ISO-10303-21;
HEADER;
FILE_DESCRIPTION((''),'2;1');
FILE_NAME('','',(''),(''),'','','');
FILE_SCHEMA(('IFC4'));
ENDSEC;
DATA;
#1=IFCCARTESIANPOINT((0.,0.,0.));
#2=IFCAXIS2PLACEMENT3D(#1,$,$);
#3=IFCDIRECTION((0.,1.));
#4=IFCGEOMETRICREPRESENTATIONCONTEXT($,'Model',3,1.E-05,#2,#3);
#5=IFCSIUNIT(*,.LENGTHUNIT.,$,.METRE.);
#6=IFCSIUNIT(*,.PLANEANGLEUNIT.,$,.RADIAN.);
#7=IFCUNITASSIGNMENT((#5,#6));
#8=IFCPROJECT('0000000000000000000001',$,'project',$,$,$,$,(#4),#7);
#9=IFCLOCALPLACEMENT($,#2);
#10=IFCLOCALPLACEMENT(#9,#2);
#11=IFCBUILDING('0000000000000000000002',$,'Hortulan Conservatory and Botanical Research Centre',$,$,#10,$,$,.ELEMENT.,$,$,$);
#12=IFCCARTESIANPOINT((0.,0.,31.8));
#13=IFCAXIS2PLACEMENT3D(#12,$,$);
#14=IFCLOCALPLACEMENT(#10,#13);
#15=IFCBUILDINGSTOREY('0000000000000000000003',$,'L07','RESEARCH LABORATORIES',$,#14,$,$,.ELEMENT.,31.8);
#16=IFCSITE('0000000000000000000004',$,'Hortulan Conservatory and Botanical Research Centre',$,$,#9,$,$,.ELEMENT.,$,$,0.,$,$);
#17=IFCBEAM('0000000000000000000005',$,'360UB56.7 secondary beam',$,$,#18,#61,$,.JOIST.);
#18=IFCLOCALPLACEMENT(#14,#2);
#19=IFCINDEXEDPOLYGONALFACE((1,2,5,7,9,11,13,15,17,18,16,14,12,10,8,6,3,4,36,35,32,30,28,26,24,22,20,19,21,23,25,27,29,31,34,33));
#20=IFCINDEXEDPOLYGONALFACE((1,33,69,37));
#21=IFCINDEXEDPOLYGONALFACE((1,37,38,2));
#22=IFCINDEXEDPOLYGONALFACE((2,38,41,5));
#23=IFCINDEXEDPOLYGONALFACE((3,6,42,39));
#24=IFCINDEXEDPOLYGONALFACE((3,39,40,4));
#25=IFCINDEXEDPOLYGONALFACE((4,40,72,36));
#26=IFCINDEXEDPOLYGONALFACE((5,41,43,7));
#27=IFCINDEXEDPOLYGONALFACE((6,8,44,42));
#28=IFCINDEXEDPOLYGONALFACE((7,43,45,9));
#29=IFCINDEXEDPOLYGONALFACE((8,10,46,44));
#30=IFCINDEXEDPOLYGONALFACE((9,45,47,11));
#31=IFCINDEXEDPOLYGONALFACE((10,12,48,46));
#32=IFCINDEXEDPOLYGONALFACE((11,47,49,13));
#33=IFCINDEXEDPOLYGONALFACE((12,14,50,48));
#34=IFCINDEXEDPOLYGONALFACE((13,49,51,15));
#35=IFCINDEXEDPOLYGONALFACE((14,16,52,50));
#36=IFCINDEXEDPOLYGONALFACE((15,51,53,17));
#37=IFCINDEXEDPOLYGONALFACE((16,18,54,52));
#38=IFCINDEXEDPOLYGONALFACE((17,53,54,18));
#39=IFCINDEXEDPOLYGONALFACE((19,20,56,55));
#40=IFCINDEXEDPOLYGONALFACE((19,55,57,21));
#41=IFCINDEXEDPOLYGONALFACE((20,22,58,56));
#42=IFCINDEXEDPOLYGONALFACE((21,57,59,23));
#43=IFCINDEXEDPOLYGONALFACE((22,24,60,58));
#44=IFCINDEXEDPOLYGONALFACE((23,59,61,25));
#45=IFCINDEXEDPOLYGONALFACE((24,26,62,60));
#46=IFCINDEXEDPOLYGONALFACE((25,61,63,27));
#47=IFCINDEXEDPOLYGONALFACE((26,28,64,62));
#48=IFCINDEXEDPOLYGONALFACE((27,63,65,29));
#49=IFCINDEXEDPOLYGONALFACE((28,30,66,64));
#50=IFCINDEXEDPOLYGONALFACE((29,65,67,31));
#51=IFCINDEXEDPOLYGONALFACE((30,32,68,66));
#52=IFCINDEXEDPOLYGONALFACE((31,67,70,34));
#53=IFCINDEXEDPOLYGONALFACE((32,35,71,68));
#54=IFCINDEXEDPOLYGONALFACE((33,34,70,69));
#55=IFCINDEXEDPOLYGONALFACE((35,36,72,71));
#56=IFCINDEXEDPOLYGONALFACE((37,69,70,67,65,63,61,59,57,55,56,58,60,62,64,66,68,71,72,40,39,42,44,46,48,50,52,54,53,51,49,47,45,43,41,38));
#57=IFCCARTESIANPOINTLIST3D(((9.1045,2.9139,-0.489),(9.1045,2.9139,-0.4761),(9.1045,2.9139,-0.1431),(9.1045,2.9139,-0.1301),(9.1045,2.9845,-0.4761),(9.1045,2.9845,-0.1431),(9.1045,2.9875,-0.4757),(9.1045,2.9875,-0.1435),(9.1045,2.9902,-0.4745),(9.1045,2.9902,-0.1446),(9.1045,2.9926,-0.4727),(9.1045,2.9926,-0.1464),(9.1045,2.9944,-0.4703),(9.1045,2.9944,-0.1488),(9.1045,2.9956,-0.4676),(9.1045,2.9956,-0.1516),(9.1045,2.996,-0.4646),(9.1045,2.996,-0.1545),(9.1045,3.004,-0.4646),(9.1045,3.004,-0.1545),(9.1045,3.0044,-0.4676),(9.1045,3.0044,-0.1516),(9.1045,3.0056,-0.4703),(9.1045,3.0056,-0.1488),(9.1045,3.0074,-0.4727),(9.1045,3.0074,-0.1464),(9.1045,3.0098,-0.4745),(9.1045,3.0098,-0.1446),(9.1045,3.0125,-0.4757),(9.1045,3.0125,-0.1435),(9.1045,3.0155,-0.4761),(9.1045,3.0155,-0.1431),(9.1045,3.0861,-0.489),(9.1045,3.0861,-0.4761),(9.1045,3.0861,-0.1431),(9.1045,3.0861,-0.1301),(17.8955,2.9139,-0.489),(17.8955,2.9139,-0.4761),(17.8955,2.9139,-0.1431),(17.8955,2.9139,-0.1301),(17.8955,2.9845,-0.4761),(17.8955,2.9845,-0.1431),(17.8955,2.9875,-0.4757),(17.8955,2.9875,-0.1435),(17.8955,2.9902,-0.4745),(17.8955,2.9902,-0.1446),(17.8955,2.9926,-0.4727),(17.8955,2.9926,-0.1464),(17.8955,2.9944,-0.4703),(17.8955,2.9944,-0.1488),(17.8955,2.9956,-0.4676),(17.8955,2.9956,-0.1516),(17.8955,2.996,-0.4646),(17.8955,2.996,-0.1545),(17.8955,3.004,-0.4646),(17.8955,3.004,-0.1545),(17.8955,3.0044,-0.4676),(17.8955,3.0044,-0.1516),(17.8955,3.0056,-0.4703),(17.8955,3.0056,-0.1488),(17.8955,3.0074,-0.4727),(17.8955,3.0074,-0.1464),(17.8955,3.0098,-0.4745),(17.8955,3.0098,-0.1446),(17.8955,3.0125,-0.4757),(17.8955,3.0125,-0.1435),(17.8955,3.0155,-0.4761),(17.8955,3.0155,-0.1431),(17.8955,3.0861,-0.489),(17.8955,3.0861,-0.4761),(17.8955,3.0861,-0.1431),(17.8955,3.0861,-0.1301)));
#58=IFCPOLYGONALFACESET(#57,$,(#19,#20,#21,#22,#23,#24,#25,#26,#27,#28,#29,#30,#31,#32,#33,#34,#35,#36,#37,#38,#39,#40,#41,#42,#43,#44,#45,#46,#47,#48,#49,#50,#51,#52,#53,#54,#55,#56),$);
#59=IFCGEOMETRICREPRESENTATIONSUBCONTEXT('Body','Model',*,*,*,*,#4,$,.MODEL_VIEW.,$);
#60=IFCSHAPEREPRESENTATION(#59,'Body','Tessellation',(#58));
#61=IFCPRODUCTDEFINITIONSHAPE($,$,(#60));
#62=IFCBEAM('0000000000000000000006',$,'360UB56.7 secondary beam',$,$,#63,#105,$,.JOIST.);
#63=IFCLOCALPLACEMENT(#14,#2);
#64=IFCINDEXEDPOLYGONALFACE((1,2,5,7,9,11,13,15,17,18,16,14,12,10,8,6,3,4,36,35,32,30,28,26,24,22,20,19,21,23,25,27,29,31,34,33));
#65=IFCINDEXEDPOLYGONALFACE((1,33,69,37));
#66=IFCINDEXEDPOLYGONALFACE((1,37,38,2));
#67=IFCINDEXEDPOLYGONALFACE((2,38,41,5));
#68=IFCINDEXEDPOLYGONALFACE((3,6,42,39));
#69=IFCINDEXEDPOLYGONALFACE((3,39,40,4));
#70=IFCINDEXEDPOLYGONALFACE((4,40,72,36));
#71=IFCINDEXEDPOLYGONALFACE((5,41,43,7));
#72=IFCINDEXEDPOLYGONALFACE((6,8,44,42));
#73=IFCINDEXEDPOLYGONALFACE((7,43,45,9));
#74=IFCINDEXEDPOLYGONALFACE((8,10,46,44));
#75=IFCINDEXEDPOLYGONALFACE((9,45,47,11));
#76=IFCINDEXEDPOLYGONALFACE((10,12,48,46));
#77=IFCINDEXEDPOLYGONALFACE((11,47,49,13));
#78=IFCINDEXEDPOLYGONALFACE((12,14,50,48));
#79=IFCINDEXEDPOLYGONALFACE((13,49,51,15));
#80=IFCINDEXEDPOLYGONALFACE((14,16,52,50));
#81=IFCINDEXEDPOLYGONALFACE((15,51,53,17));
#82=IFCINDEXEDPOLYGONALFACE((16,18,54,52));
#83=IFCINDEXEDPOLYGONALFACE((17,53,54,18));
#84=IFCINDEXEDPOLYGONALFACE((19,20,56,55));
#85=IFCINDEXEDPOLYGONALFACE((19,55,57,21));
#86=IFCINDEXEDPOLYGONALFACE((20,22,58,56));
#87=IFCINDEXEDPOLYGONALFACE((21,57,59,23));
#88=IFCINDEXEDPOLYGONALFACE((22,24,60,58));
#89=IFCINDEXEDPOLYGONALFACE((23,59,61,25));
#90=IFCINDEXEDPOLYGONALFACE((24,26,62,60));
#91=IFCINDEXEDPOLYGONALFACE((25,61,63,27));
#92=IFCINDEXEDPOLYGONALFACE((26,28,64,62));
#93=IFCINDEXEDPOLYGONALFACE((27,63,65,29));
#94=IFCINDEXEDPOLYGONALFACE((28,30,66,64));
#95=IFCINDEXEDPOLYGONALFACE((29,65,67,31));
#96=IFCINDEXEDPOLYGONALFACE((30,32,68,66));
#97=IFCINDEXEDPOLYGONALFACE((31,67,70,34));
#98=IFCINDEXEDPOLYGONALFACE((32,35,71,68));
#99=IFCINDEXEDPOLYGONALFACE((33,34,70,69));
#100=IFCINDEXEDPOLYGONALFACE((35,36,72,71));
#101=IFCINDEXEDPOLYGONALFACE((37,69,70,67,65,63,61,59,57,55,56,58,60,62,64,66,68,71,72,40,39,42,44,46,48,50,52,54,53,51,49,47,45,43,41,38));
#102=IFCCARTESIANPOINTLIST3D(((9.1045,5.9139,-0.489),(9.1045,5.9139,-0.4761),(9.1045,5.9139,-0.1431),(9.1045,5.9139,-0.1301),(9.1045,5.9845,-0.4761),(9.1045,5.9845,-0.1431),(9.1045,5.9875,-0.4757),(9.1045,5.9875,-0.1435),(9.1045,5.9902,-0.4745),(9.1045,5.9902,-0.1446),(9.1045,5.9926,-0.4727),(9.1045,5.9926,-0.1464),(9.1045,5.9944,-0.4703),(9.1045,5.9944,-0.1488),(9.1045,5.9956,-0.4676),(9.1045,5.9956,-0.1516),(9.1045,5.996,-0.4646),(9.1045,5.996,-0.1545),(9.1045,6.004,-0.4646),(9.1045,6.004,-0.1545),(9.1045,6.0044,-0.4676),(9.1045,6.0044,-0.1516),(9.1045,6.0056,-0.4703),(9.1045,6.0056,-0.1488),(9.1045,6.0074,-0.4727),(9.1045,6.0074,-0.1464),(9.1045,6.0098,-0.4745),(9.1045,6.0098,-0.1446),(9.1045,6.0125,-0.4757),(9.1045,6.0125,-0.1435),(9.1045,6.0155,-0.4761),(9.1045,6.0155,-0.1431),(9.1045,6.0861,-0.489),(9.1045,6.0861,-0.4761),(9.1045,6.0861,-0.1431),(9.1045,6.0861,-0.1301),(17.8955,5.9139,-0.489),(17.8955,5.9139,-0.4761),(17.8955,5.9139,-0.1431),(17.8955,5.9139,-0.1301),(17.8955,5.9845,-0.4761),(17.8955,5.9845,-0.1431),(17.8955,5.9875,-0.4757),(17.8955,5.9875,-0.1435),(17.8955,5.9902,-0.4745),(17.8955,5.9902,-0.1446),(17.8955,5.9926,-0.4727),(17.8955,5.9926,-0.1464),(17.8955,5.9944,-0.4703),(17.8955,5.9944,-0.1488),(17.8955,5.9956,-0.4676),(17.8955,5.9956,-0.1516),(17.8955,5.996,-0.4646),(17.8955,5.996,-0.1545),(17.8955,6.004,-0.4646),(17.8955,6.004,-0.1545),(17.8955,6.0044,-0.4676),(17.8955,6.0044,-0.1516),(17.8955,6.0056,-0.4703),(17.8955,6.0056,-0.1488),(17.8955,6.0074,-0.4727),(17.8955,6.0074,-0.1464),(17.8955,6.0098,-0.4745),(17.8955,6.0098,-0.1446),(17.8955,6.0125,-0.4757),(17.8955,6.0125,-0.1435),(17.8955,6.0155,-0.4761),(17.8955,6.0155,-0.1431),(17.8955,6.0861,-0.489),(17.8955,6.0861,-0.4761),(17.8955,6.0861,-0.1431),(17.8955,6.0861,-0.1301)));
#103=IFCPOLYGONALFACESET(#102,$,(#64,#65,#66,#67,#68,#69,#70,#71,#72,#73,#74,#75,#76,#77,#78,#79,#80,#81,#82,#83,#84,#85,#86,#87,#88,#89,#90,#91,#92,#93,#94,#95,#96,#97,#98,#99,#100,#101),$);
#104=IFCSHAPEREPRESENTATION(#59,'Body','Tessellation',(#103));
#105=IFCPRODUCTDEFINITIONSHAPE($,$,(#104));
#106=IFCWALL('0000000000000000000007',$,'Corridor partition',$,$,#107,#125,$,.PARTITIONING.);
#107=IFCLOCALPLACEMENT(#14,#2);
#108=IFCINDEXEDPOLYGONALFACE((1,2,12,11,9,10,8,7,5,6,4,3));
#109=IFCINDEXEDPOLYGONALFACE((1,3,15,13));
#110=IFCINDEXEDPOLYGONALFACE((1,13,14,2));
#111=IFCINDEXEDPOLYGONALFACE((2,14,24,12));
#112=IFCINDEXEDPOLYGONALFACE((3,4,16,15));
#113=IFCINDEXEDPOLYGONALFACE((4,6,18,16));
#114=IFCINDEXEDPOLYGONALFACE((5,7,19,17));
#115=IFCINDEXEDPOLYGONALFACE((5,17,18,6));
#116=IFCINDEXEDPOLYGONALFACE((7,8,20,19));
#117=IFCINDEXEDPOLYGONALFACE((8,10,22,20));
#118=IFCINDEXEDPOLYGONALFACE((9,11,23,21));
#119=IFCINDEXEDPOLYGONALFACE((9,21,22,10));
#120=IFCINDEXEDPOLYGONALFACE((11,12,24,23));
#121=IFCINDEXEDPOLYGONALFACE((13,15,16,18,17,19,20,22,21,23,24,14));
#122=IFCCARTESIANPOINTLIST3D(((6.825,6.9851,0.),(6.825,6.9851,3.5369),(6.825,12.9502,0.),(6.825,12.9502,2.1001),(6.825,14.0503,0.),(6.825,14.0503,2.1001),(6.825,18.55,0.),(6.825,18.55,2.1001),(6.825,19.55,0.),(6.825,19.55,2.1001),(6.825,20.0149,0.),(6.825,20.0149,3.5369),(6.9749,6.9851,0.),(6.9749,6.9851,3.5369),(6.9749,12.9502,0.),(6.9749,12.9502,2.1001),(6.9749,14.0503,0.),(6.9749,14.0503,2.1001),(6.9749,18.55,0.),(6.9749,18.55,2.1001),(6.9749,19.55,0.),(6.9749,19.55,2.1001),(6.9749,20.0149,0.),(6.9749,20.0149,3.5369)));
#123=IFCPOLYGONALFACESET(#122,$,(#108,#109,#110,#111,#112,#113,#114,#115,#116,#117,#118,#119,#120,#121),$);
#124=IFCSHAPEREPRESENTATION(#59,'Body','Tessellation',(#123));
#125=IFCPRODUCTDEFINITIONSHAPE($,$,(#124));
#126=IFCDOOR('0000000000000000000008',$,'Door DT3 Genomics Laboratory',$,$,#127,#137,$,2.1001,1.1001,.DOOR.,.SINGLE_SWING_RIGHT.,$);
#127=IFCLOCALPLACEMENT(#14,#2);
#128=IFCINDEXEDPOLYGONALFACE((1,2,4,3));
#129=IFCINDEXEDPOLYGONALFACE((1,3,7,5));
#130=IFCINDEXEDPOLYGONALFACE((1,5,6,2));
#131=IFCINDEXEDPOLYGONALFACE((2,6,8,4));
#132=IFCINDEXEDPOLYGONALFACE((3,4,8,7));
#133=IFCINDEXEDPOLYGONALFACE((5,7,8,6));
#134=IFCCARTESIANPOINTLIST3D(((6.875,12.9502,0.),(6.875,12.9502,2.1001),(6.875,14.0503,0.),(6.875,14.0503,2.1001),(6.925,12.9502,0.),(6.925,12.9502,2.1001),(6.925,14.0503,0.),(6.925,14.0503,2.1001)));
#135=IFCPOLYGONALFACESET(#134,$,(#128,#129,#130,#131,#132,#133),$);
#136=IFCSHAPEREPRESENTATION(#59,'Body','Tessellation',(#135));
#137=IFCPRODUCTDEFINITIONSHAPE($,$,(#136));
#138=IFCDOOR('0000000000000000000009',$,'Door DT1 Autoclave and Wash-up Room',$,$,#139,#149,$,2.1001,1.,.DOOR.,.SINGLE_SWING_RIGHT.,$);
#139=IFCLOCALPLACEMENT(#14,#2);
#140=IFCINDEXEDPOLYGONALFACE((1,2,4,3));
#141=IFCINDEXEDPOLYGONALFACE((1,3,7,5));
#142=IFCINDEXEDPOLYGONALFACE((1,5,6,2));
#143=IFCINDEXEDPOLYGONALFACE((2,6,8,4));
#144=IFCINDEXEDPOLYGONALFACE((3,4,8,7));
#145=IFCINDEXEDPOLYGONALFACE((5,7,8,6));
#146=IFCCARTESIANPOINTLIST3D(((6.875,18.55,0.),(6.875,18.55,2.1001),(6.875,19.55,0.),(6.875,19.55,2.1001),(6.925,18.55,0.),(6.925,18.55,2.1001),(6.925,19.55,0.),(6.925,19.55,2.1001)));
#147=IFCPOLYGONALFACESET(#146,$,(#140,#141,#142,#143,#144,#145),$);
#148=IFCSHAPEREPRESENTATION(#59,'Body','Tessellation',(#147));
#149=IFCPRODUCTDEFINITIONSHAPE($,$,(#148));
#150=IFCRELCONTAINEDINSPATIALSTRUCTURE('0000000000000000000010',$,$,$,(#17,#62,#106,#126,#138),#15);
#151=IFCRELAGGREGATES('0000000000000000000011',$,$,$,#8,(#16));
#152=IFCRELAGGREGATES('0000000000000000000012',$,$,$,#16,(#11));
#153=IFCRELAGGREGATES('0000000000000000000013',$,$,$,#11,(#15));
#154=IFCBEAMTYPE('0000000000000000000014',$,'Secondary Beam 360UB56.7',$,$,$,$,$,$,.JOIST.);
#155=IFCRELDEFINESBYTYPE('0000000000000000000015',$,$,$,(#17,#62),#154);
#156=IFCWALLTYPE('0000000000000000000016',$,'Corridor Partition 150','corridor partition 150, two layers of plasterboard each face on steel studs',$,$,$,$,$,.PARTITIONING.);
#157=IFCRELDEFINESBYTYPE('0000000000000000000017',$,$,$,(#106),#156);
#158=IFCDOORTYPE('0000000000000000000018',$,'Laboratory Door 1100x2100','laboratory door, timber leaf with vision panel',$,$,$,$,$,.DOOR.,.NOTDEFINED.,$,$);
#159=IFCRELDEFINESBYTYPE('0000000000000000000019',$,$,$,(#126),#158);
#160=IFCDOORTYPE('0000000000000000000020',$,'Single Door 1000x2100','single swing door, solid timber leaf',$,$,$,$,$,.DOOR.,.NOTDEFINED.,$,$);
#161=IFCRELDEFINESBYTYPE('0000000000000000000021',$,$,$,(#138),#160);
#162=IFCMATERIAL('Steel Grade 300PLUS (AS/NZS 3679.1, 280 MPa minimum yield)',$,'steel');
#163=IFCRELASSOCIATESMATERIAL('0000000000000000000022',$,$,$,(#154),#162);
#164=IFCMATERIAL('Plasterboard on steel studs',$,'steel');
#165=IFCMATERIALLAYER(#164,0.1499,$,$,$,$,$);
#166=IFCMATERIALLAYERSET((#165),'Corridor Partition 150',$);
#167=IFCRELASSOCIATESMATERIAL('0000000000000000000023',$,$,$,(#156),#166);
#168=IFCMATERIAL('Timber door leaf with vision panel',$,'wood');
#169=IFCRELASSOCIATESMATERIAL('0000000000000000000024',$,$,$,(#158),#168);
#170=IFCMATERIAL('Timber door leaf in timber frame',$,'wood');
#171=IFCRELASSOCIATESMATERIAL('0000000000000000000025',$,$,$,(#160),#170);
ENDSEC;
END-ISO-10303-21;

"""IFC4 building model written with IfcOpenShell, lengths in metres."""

from ifc_helpers import new_model, si_unit, direction, frame, frame_2d, origin, origin_2d, place, context, subcontext, project, spatial, rectangle, i_section, extrude, material, layer, layer_set, material_profile, profile_set, type_object, element, fill, save


model = new_model("IFC4")

# Units and contexts
model_context = context("Model", 3, precision=1e-05, world=origin(), true_north=direction((0.0, 1.0)))
body_context = subcontext(model_context, "Body", "Model", "MODEL_VIEW")
ifc_project = project(units=[si_unit("LENGTHUNIT", "METRE"), si_unit("PLANEANGLEUNIT", "RADIAN")], contexts=[model_context])

# Site, building, storey
site_placement = place(None, origin())
site = spatial("IfcSite", under=ifc_project, at=site_placement, Name="Hortulan Conservatory and Botanical Research Centre", CompositionType="ELEMENT", RefElevation=0.0)
building_placement = place(site_placement, origin())
building = spatial("IfcBuilding", under=site, at=building_placement, Name="Hortulan Conservatory and Botanical Research Centre", CompositionType="ELEMENT")
storey_placement = place(building_placement, frame((0.0, 0.0, 31.8)))
storey = spatial("IfcBuildingStorey", under=building, at=storey_placement, Name="L07", Description="RESEARCH LABORATORIES", CompositionType="ELEMENT", Elevation=31.8)

# Shared definitions
ifc_material_1 = material(Name="Steel Grade 300PLUS (AS/NZS 3679.1, 280 MPa minimum yield)", Category="steel")

# Beams
ifc_material_profile_1 = material_profile(ifc_material_1, i_section(OverallWidth=0.1721, OverallDepth=0.3589, WebThickness=0.0081, FlangeThickness=0.0129, FilletRadius=0.0115, at=origin_2d()), Name="360UB56.7")
ifc_profile_set_1 = profile_set([ifc_material_profile_1], Name="Steel Grade 300PLUS (AS/NZS 3679.1, 280 MPa minimum yield)")
beam_type_1 = type_object("IfcBeamType", Name="Secondary Beam 360UB56.7", PredefinedType="JOIST", material=ifc_profile_set_1)
for number, where, z_axis, x_axis, name in (
    (1, (9.1045, 3.0, -0.3096), (1.0, 0.0, 0.0), (0.0, 1.0, 0.0), "360UB56.7 secondary beam"),
    (2, (9.1045, 6.0, -0.3096), (1.0, 0.0, 0.0), (0.0, 1.0, 0.0), "360UB56.7 secondary beam"),
):
    element("IfcBeam", number, at=place(storey_placement, frame(where, z_axis=z_axis, x_axis=x_axis)), inside=storey, type_object=beam_type_1, Name=name, PredefinedType="JOIST", context=body_context, shape_type="SweptSolid", body=[
        extrude(i_section(OverallWidth=0.1721, OverallDepth=0.3589, WebThickness=0.0081, FlangeThickness=0.0129, FilletRadius=0.0115, at=origin_2d()), origin(), (0.0, 0.0, 1.0), 8.791),
    ])

# Wall, openings, doors
ifc_material_2 = material(Name="Plasterboard on steel studs", Category="steel")
ifc_layer_1 = layer(ifc_material_2, 0.1499)
ifc_layer_set_1 = layer_set([ifc_layer_1], Name="Corridor Partition 150")
wall_type_1 = type_object("IfcWallType", Name="Corridor Partition 150", Description="corridor partition 150, two layers of plasterboard each face on steel studs", PredefinedType="PARTITIONING", material=ifc_layer_set_1)
wall_1_placement = place(storey_placement, frame((6.8999, 6.9851, 0.0), z_axis=(0.0, 0.0, 1.0), x_axis=(0.0, 1.0, 0.0)))
wall_1 = element("IfcWall", 3, at=wall_1_placement, inside=storey, type_object=wall_type_1, Name="Corridor partition", PredefinedType="PARTITIONING", context=body_context, shape_type="SweptSolid", body=[
    extrude(rectangle(XDim=13.0298, YDim=0.1499, at=frame_2d((6.5149, 0.0))), origin(), (0.0, 0.0, 1.0), 3.5369),
])
opening_1_placement = place(wall_1_placement, frame((11.5649, 0.0, 0.0)))
opening_1 = element("IfcOpeningElement", 4, at=opening_1_placement, cuts=wall_1, PredefinedType="OPENING", context=body_context, shape_type="SweptSolid", body=[
    extrude(rectangle(XDim=1.0, YDim=2.1001, at=frame_2d((0.5, 1.05))), frame((0.0, 0.085, 0.0), z_axis=(0.0, -1.0, 0.0), x_axis=(1.0, 0.0, 0.0)), (0.0, 0.0, 1.0), 0.1699),
])
opening_2_placement = place(wall_1_placement, frame((5.9651, 0.0, 0.0)))
opening_2 = element("IfcOpeningElement", 5, at=opening_2_placement, cuts=wall_1, PredefinedType="OPENING", context=body_context, shape_type="SweptSolid", body=[
    extrude(rectangle(XDim=1.1001, YDim=2.1001, at=frame_2d((0.55, 1.05))), frame((0.0, 0.085, 0.0), z_axis=(0.0, -1.0, 0.0), x_axis=(1.0, 0.0, 0.0)), (0.0, 0.0, 1.0), 0.1699),
])
ifc_material_3 = material(Name="Timber door leaf with vision panel", Category="wood")
door_type_1 = type_object("IfcDoorType", Name="Laboratory Door 1100x2100", Description="laboratory door, timber leaf with vision panel", OperationType="NOTDEFINED", PredefinedType="DOOR", material=ifc_material_3)
door_1_placement = place(opening_2_placement, origin())
door_1 = element("IfcDoor", 6, at=door_1_placement, inside=storey, type_object=door_type_1, Name="Door DT3 Genomics Laboratory", OperationType="SINGLE_SWING_RIGHT", OverallHeight=2.1001, OverallWidth=1.1001, PredefinedType="DOOR", context=body_context, shape_type="SweptSolid", body=[
    extrude(rectangle(XDim=1.1001, YDim=2.1001, at=frame_2d((0.55, 1.05))), frame((0.0, 0.0249, 0.0), z_axis=(0.0, -1.0, 0.0), x_axis=(1.0, 0.0, 0.0)), (0.0, 0.0, 1.0), 0.05),
])
fill(opening_2, door_1)
ifc_material_4 = material(Name="Timber door leaf in timber frame", Category="wood")
door_type_2 = type_object("IfcDoorType", Name="Single Door 1000x2100", Description="single swing door, solid timber leaf", OperationType="NOTDEFINED", PredefinedType="DOOR", material=ifc_material_4)
door_2_placement = place(opening_1_placement, origin())
door_2 = element("IfcDoor", 7, at=door_2_placement, inside=storey, type_object=door_type_2, Name="Door DT1 Autoclave and Wash-up Room", OperationType="SINGLE_SWING_RIGHT", OverallHeight=2.1001, OverallWidth=1.0, PredefinedType="DOOR", context=body_context, shape_type="SweptSolid", body=[
    extrude(rectangle(XDim=1.0, YDim=2.1001, at=frame_2d((0.5, 1.05))), frame((0.0, 0.0249, 0.0), z_axis=(0.0, -1.0, 0.0), x_axis=(1.0, 0.0, 0.0)), (0.0, 0.0, 1.0), 0.05),
])
fill(opening_1, door_2)

save(model, "model.ifc")
